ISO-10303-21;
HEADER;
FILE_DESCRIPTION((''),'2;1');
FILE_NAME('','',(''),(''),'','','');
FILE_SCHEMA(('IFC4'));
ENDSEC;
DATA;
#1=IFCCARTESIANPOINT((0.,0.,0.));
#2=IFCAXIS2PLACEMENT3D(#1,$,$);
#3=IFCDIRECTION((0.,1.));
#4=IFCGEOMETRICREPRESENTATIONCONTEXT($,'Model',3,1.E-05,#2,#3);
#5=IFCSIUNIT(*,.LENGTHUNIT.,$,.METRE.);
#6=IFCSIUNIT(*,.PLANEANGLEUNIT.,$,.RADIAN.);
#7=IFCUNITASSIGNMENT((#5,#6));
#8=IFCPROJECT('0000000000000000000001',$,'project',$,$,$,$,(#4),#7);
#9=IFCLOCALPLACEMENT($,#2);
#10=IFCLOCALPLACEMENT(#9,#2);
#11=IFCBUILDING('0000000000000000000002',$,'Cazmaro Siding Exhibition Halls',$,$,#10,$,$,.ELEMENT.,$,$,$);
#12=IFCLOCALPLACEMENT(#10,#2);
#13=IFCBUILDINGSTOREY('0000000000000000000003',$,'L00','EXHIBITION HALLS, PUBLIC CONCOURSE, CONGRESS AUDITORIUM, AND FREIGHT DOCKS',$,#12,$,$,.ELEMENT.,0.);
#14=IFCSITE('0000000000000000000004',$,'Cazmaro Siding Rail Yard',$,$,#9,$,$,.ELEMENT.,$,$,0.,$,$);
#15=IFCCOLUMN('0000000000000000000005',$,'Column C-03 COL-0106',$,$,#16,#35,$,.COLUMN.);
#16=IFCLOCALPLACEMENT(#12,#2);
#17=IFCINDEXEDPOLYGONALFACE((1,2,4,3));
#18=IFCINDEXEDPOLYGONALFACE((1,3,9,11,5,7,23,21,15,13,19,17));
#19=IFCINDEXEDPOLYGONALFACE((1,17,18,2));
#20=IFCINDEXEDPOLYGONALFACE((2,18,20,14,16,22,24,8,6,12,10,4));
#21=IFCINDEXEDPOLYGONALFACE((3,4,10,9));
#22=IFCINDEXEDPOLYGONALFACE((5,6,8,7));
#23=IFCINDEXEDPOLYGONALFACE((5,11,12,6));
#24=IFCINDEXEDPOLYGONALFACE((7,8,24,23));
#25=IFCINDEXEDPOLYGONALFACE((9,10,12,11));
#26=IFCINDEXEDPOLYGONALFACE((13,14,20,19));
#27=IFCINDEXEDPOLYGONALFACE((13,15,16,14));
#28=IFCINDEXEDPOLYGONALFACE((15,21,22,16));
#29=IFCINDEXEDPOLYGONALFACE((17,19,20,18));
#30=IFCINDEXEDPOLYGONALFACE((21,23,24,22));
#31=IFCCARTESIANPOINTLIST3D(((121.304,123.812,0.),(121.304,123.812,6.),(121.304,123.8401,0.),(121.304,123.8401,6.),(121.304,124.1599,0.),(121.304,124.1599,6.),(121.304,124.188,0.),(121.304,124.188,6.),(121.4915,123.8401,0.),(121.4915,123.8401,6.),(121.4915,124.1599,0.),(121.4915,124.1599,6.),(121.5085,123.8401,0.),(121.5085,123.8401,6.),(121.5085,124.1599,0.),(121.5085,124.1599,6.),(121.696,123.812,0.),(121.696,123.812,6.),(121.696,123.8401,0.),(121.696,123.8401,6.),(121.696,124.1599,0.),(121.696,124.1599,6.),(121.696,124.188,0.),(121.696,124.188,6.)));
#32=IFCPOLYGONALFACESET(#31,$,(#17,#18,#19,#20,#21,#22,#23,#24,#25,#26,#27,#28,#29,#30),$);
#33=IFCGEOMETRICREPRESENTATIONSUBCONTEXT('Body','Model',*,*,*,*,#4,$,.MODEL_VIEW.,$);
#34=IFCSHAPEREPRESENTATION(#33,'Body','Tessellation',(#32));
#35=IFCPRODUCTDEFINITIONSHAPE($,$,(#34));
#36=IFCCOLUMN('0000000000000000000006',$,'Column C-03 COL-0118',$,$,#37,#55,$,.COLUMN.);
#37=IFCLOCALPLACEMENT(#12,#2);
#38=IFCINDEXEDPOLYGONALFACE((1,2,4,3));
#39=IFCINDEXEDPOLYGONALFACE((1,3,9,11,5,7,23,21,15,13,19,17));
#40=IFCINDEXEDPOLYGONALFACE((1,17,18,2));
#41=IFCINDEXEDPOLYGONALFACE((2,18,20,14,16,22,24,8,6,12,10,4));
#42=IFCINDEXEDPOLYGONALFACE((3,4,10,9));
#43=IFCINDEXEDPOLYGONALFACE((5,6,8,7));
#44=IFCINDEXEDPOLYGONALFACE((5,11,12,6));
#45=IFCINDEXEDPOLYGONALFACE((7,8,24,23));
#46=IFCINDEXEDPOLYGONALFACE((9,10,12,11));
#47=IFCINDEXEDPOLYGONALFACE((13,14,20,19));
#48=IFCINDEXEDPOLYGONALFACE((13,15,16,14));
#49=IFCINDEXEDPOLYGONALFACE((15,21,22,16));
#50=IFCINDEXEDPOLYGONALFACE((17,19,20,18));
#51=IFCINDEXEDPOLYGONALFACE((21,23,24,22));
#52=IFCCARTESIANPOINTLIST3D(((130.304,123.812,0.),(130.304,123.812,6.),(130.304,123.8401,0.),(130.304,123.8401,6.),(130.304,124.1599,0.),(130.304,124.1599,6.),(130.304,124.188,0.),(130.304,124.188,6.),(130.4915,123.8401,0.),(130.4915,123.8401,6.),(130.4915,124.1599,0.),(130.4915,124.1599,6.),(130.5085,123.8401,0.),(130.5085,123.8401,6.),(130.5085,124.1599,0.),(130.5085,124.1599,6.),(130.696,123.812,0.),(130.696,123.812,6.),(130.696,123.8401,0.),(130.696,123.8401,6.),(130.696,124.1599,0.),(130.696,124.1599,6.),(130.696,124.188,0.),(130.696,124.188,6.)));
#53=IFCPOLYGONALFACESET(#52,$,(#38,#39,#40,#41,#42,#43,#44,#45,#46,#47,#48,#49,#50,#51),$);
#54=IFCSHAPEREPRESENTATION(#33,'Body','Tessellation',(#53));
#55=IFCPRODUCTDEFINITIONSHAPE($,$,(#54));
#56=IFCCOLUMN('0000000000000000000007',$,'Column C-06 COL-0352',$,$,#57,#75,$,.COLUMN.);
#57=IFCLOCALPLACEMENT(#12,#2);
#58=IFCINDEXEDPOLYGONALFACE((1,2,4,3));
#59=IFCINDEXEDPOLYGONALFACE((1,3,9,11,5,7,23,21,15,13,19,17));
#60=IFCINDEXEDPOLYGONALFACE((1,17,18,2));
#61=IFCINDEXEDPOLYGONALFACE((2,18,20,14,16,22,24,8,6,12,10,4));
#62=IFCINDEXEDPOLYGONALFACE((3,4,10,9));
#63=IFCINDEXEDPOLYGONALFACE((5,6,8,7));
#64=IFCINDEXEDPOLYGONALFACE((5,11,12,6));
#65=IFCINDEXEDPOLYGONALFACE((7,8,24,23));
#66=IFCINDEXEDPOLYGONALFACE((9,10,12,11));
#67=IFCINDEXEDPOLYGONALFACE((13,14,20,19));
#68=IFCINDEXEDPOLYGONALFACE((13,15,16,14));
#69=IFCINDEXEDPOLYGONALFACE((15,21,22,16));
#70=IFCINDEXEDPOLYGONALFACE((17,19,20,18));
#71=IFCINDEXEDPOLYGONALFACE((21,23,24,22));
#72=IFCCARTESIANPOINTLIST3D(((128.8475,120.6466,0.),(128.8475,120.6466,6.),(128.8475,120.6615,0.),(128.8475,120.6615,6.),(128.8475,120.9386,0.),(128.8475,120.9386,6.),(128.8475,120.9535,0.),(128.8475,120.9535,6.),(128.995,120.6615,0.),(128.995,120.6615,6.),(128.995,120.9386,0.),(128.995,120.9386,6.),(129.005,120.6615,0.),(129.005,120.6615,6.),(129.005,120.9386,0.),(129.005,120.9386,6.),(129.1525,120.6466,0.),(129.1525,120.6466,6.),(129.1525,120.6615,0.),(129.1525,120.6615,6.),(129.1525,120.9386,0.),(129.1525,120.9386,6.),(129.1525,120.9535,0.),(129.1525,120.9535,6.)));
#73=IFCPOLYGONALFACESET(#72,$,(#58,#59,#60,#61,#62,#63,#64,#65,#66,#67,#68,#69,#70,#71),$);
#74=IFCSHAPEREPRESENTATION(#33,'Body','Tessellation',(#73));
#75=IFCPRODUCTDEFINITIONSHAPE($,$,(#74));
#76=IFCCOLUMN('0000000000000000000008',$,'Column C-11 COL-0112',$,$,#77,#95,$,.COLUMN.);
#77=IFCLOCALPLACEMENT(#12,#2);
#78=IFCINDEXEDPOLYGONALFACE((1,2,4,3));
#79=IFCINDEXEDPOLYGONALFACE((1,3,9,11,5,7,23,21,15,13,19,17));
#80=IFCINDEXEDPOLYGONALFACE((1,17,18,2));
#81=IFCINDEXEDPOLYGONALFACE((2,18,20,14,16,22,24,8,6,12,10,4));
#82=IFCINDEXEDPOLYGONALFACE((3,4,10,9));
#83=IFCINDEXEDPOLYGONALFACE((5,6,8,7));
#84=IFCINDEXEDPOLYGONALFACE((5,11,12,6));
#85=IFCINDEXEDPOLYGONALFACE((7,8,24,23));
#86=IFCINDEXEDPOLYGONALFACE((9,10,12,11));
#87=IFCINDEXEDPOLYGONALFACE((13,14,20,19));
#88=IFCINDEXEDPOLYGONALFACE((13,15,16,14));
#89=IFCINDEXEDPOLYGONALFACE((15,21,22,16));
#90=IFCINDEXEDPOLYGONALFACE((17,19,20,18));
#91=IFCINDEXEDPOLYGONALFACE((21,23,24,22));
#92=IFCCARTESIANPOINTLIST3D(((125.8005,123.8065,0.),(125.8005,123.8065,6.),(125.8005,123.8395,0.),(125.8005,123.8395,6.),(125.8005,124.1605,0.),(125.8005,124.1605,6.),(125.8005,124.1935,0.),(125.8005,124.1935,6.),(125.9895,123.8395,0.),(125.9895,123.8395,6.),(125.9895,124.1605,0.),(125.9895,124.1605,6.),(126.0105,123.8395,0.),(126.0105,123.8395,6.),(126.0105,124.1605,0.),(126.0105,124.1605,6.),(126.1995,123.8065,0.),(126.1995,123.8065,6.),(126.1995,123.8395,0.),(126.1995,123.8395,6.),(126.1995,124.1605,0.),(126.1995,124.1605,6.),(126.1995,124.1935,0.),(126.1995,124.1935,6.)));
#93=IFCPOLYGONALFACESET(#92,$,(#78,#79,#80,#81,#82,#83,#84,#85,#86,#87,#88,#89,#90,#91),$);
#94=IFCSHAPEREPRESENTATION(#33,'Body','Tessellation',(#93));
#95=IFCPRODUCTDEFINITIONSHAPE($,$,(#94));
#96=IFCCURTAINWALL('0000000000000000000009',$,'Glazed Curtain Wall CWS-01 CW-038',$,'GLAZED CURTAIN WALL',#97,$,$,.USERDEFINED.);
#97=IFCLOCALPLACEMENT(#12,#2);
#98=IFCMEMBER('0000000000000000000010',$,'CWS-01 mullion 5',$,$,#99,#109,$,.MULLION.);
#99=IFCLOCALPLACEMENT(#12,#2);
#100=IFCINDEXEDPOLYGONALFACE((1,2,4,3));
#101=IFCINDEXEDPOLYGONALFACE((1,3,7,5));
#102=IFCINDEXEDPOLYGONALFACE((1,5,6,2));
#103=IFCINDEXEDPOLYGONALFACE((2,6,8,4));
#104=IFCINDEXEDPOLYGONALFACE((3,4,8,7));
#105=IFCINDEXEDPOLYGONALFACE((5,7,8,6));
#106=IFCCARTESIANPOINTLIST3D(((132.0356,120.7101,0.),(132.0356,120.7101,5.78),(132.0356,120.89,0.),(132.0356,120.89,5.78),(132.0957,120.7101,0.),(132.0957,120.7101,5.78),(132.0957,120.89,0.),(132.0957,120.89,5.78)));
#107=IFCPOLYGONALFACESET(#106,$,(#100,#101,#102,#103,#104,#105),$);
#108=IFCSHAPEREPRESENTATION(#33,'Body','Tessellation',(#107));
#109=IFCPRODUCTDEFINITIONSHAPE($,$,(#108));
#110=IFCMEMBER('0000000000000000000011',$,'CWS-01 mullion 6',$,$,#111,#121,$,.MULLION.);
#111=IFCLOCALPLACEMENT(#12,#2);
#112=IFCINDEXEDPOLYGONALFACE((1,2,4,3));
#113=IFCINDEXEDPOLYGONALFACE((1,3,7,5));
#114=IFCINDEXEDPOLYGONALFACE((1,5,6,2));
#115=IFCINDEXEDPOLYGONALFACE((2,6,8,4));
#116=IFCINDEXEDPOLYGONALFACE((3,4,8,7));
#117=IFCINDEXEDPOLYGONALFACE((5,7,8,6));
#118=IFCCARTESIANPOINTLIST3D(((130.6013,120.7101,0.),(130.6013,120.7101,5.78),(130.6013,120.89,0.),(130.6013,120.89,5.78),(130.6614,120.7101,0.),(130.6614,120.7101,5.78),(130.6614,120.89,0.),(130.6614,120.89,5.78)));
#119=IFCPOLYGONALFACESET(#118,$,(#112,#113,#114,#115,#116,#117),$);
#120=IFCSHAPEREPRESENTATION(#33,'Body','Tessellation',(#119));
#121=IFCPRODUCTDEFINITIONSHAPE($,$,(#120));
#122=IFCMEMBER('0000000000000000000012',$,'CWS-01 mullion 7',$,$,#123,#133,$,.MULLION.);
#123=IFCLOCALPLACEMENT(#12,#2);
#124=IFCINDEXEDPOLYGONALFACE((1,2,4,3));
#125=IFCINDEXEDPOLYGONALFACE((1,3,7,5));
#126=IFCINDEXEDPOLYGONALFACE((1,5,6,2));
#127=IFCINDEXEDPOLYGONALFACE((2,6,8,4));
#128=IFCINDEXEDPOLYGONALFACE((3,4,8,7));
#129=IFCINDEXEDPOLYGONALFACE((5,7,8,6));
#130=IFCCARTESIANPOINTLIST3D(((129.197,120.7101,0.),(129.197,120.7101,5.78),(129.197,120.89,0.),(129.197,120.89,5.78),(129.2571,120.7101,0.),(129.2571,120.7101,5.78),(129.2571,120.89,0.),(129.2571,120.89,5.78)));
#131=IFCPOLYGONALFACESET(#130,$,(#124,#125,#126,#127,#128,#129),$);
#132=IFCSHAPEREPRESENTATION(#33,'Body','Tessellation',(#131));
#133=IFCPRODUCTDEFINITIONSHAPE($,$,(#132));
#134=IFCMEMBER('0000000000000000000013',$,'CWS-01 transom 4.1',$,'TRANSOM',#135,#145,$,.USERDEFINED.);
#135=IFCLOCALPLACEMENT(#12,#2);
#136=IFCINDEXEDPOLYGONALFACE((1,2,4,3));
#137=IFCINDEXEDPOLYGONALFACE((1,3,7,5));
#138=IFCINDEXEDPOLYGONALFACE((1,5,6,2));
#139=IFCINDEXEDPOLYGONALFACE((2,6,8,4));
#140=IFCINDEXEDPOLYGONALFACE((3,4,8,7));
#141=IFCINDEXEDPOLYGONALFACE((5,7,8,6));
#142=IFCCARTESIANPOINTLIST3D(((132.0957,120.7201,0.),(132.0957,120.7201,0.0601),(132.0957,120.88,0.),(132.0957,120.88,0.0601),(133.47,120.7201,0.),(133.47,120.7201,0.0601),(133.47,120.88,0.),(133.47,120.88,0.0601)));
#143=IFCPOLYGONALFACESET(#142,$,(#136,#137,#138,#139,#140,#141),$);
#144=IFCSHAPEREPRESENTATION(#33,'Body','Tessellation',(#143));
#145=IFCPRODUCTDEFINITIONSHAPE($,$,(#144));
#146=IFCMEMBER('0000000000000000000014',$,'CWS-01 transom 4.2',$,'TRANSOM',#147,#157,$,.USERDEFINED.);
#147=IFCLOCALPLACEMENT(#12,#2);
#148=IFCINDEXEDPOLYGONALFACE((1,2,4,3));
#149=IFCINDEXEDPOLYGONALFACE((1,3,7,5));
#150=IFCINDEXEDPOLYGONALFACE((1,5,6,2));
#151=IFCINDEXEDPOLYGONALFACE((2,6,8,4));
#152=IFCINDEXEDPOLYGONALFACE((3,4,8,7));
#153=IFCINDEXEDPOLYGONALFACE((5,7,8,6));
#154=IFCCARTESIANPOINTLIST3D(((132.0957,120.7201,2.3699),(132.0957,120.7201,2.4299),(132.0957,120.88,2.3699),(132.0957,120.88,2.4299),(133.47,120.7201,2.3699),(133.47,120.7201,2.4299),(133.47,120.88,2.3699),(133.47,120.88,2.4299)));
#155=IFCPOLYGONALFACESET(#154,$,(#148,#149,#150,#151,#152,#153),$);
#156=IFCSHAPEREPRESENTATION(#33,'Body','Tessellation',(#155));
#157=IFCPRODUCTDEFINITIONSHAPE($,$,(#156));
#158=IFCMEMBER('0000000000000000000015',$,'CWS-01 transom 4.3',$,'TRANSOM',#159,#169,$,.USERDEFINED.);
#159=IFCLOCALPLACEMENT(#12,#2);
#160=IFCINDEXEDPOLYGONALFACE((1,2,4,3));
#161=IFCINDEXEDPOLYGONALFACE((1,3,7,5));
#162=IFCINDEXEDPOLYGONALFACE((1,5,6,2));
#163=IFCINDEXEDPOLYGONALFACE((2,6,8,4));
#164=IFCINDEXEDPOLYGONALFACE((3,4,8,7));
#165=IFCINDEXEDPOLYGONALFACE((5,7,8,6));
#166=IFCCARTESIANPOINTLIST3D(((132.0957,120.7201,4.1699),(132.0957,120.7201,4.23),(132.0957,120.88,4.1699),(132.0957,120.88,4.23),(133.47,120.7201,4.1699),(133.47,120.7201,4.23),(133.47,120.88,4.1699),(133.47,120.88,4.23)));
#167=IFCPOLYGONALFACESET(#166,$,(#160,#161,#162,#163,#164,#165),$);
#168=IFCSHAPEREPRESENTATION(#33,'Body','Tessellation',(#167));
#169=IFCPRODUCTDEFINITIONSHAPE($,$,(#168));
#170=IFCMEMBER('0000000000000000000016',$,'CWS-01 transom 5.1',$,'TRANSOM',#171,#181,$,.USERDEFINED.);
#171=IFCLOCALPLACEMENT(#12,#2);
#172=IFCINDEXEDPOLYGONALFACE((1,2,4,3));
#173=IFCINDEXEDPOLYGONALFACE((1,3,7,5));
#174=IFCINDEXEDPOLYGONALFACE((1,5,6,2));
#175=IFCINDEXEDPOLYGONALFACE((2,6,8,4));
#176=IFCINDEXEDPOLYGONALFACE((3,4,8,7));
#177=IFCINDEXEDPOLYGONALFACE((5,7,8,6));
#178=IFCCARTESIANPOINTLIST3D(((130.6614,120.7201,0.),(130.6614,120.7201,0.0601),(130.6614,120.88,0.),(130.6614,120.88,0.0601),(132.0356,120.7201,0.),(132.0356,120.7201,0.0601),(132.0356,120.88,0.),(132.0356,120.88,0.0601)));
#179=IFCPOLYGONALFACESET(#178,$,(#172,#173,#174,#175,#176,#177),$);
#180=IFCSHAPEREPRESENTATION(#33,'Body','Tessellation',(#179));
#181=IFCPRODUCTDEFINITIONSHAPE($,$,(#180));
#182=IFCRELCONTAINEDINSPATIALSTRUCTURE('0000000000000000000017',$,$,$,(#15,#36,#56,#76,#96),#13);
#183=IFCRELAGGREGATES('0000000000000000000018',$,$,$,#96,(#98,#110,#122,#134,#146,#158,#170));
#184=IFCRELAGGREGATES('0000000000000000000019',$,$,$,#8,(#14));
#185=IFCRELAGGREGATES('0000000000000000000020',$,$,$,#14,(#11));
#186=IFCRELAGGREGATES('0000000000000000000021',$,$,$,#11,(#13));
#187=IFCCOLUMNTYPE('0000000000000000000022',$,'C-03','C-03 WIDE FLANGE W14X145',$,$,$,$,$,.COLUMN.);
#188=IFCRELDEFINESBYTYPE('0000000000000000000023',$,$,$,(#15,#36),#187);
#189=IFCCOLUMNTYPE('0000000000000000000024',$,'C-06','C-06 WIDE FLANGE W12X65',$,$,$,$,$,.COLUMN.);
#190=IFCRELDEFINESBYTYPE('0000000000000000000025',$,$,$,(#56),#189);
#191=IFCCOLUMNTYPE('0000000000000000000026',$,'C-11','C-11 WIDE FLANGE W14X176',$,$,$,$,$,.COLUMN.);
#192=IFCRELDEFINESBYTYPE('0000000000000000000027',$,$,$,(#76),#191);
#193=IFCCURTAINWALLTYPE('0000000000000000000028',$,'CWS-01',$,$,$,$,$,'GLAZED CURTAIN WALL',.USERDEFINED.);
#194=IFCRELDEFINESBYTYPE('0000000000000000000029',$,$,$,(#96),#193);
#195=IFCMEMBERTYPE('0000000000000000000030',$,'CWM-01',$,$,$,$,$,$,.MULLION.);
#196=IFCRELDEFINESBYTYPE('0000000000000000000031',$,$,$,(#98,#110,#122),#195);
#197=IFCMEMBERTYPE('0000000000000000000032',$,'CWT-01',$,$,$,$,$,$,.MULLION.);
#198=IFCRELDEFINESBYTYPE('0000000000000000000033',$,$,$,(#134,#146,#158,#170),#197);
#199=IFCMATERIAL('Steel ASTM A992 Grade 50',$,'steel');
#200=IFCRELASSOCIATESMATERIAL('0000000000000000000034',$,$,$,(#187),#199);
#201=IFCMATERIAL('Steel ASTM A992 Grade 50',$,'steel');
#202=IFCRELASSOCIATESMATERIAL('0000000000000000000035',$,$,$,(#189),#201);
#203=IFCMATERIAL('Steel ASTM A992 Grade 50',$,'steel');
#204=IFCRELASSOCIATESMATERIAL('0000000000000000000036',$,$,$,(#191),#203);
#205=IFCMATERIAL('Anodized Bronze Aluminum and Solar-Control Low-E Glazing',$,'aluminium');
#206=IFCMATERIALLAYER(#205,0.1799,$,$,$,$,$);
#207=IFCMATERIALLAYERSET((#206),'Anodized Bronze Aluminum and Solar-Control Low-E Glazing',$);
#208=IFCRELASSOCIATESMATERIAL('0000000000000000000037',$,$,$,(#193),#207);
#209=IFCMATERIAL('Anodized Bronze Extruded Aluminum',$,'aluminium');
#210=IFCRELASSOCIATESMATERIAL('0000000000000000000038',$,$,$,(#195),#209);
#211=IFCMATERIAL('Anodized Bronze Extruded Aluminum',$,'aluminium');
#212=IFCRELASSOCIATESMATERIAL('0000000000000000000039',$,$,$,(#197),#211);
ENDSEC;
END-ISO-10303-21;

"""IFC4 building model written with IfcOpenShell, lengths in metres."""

from ifc_helpers import new_model, si_unit, direction, frame, origin, origin_2d, place, context, subcontext, project, spatial, rectangle, i_section, extrude, material, layer, layer_set, material_profile, profile_set, type_object, element, aggregate, save


model = new_model("IFC4")

# Units and contexts
model_context = context("Model", 3, precision=1e-05, world=origin(), true_north=direction((0.0, 1.0)))
body_context = subcontext(model_context, "Body", "Model", "MODEL_VIEW")
ifc_project = project(units=[si_unit("LENGTHUNIT", "METRE"), si_unit("PLANEANGLEUNIT", "RADIAN")], contexts=[model_context])

# Site, building, storey
site_placement = place(None, origin())
site = spatial("IfcSite", under=ifc_project, at=site_placement, Name="Cazmaro Siding Rail Yard", CompositionType="ELEMENT", RefElevation=0.0)
building_placement = place(site_placement, origin())
building = spatial("IfcBuilding", under=site, at=building_placement, Name="Cazmaro Siding Exhibition Halls", CompositionType="ELEMENT")
storey_placement = place(building_placement, origin())
storey = spatial("IfcBuildingStorey", under=building, at=storey_placement, Name="L00", Description="EXHIBITION HALLS, PUBLIC CONCOURSE, CONGRESS AUDITORIUM, AND FREIGHT DOCKS", CompositionType="ELEMENT", Elevation=0.0)

# Columns
ifc_material_1 = material(Name="Steel ASTM A992 Grade 50", Category="steel")
ifc_material_profile_1 = material_profile(ifc_material_1, i_section(OverallWidth=0.3921, OverallDepth=0.376, WebThickness=0.0171, FlangeThickness=0.0281, at=origin_2d()), Name="W14X145")
ifc_profile_set_1 = profile_set([ifc_material_profile_1], Name="Steel ASTM A992 Grade 50")
column_type_1 = type_object("IfcColumnType", Name="C-03", Description="C-03 WIDE FLANGE W14X145", PredefinedType="COLUMN", material=ifc_profile_set_1)
for number, where, z_axis, x_axis, name in (
    (1, (121.5, 124.0, 0.0), (0.0, 0.0, 1.0), (1.0, 0.0, 0.0), "Column C-03 COL-0106"),
    (2, (130.5, 124.0, 0.0), (0.0, 0.0, 1.0), (1.0, 0.0, 0.0), "Column C-03 COL-0118"),
):
    element("IfcColumn", number, at=place(storey_placement, frame(where, z_axis=z_axis, x_axis=x_axis)), inside=storey, type_object=column_type_1, Name=name, PredefinedType="COLUMN", context=body_context, shape_type="SweptSolid", body=[
        extrude(i_section(OverallWidth=0.3921, OverallDepth=0.376, WebThickness=0.0171, FlangeThickness=0.0281, at=origin_2d()), origin(), (0.0, 0.0, 1.0), 6.0),
    ])
ifc_material_2 = material(Name="Steel ASTM A992 Grade 50", Category="steel")
ifc_material_profile_2 = material_profile(ifc_material_2, i_section(OverallWidth=0.3049, OverallDepth=0.3069, WebThickness=0.01, FlangeThickness=0.0149, at=origin_2d()), Name="W12X65")
ifc_profile_set_2 = profile_set([ifc_material_profile_2], Name="Steel ASTM A992 Grade 50")
column_type_2 = type_object("IfcColumnType", Name="C-06", Description="C-06 WIDE FLANGE W12X65", PredefinedType="COLUMN", material=ifc_profile_set_2)
column_1_placement = place(storey_placement, frame((129.0, 120.8, 0.0), z_axis=(0.0, 0.0, 1.0), x_axis=(1.0, 0.0, 0.0)))
element("IfcColumn", 3, at=column_1_placement, inside=storey, type_object=column_type_2, Name="Column C-06 COL-0352", PredefinedType="COLUMN", context=body_context, shape_type="SweptSolid", body=[
    extrude(i_section(OverallWidth=0.3049, OverallDepth=0.3069, WebThickness=0.01, FlangeThickness=0.0149, at=origin_2d()), origin(), (0.0, 0.0, 1.0), 6.0),
])
ifc_material_3 = material(Name="Steel ASTM A992 Grade 50", Category="steel")
ifc_material_profile_3 = material_profile(ifc_material_3, i_section(OverallWidth=0.3989, OverallDepth=0.387, WebThickness=0.021, FlangeThickness=0.033, at=origin_2d()), Name="W14X176")
ifc_profile_set_3 = profile_set([ifc_material_profile_3], Name="Steel ASTM A992 Grade 50")
column_type_3 = type_object("IfcColumnType", Name="C-11", Description="C-11 WIDE FLANGE W14X176", PredefinedType="COLUMN", material=ifc_profile_set_3)
column_2_placement = place(storey_placement, frame((126.0, 124.0, 0.0), z_axis=(0.0, 0.0, 1.0), x_axis=(1.0, 0.0, 0.0)))
element("IfcColumn", 4, at=column_2_placement, inside=storey, type_object=column_type_3, Name="Column C-11 COL-0112", PredefinedType="COLUMN", context=body_context, shape_type="SweptSolid", body=[
    extrude(i_section(OverallWidth=0.3989, OverallDepth=0.387, WebThickness=0.021, FlangeThickness=0.033, at=origin_2d()), origin(), (0.0, 0.0, 1.0), 6.0),
])

# Curtain wall, members
ifc_material_4 = material(Name="Anodized Bronze Aluminum and Solar-Control Low-E Glazing", Category="aluminium")
ifc_layer_1 = layer(ifc_material_4, 0.1799)
ifc_layer_set_1 = layer_set([ifc_layer_1], Name="Anodized Bronze Aluminum and Solar-Control Low-E Glazing")
curtain_wall_type = type_object("IfcCurtainWallType", Name="CWS-01", ElementType="GLAZED CURTAIN WALL", PredefinedType="USERDEFINED", material=ifc_layer_set_1)
curtain_wall_placement = place(storey_placement, origin())
curtain_wall = element("IfcCurtainWall", 5, at=curtain_wall_placement, inside=storey, type_object=curtain_wall_type, Name="Glazed Curtain Wall CWS-01 CW-038", ObjectType="GLAZED CURTAIN WALL", PredefinedType="USERDEFINED")
ifc_material_5 = material(Name="Anodized Bronze Extruded Aluminum", Category="aluminium")
ifc_material_profile_4 = material_profile(ifc_material_5, rectangle(XDim=0.1799, YDim=0.0601, at=origin_2d()), Name="CWM-01")
ifc_profile_set_4 = profile_set([ifc_material_profile_4], Name="Anodized Bronze Extruded Aluminum")
member_type_1 = type_object("IfcMemberType", Name="CWM-01", PredefinedType="MULLION", material=ifc_profile_set_4)
member_1_placement = place(storey_placement, frame((132.0657, 120.8, 0.0), z_axis=(0.0, 0.0, 1.0), x_axis=(0.0, -1.0, 0.0)))
member_1 = element("IfcMember", 6, at=member_1_placement, type_object=member_type_1, Name="CWS-01 mullion 5", PredefinedType="MULLION", context=body_context, shape_type="SweptSolid", body=[
    extrude(rectangle(XDim=0.1799, YDim=0.0601, at=origin_2d()), origin(), (0.0, 0.0, 1.0), 5.78),
])
member_2_placement = place(storey_placement, frame((130.6313, 120.8, 0.0), z_axis=(0.0, 0.0, 1.0), x_axis=(0.0, -1.0, 0.0)))
member_2 = element("IfcMember", 7, at=member_2_placement, type_object=member_type_1, Name="CWS-01 mullion 6", PredefinedType="MULLION", context=body_context, shape_type="SweptSolid", body=[
    extrude(rectangle(XDim=0.1799, YDim=0.0601, at=origin_2d()), origin(), (0.0, 0.0, 1.0), 5.78),
])
member_3_placement = place(storey_placement, frame((129.2271, 120.8, 0.0), z_axis=(0.0, 0.0, 1.0), x_axis=(0.0, -1.0, 0.0)))
member_3 = element("IfcMember", 8, at=member_3_placement, type_object=member_type_1, Name="CWS-01 mullion 7", PredefinedType="MULLION", context=body_context, shape_type="SweptSolid", body=[
    extrude(rectangle(XDim=0.1799, YDim=0.0601, at=origin_2d()), origin(), (0.0, 0.0, 1.0), 5.78),
])
ifc_material_6 = material(Name="Anodized Bronze Extruded Aluminum", Category="aluminium")
ifc_material_profile_5 = material_profile(ifc_material_6, rectangle(XDim=0.1599, YDim=0.0601, at=origin_2d()), Name="CWT-01")
ifc_profile_set_5 = profile_set([ifc_material_profile_5], Name="Anodized Bronze Extruded Aluminum")
member_type_2 = type_object("IfcMemberType", Name="CWT-01", PredefinedType="MULLION", material=ifc_profile_set_5)
member_4_placement = place(storey_placement, frame((133.47, 120.8, 0.03), z_axis=(-1.0, 0.0, 0.0), x_axis=(0.0, -1.0, 0.0)))
member_4 = element("IfcMember", 9, at=member_4_placement, type_object=member_type_2, Name="CWS-01 transom 4.1", ObjectType="TRANSOM", PredefinedType="USERDEFINED", context=body_context, shape_type="SweptSolid", body=[
    extrude(rectangle(XDim=0.1599, YDim=0.0601, at=origin_2d()), origin(), (0.0, 0.0, 1.0), 1.3743),
])
member_5_placement = place(storey_placement, frame((133.47, 120.8, 2.3999), z_axis=(-1.0, 0.0, 0.0), x_axis=(0.0, -1.0, 0.0)))
member_5 = element("IfcMember", 10, at=member_5_placement, type_object=member_type_2, Name="CWS-01 transom 4.2", ObjectType="TRANSOM", PredefinedType="USERDEFINED", context=body_context, shape_type="SweptSolid", body=[
    extrude(rectangle(XDim=0.1599, YDim=0.0601, at=origin_2d()), origin(), (0.0, 0.0, 1.0), 1.3743),
])
member_6_placement = place(storey_placement, frame((133.47, 120.8, 4.2), z_axis=(-1.0, 0.0, 0.0), x_axis=(0.0, -1.0, 0.0)))
member_6 = element("IfcMember", 11, at=member_6_placement, type_object=member_type_2, Name="CWS-01 transom 4.3", ObjectType="TRANSOM", PredefinedType="USERDEFINED", context=body_context, shape_type="SweptSolid", body=[
    extrude(rectangle(XDim=0.1599, YDim=0.0601, at=origin_2d()), origin(), (0.0, 0.0, 1.0), 1.3743),
])
member_7_placement = place(storey_placement, frame((132.0356, 120.8, 0.03), z_axis=(-1.0, 0.0, 0.0), x_axis=(0.0, -1.0, 0.0)))
member_7 = element("IfcMember", 12, at=member_7_placement, type_object=member_type_2, Name="CWS-01 transom 5.1", ObjectType="TRANSOM", PredefinedType="USERDEFINED", context=body_context, shape_type="SweptSolid", body=[
    extrude(rectangle(XDim=0.1599, YDim=0.0601, at=origin_2d()), origin(), (0.0, 0.0, 1.0), 1.3743),
])
aggregate(curtain_wall, [member_1, member_2, member_3, member_4, member_5, member_6, member_7])

save(model, "model.ifc")
